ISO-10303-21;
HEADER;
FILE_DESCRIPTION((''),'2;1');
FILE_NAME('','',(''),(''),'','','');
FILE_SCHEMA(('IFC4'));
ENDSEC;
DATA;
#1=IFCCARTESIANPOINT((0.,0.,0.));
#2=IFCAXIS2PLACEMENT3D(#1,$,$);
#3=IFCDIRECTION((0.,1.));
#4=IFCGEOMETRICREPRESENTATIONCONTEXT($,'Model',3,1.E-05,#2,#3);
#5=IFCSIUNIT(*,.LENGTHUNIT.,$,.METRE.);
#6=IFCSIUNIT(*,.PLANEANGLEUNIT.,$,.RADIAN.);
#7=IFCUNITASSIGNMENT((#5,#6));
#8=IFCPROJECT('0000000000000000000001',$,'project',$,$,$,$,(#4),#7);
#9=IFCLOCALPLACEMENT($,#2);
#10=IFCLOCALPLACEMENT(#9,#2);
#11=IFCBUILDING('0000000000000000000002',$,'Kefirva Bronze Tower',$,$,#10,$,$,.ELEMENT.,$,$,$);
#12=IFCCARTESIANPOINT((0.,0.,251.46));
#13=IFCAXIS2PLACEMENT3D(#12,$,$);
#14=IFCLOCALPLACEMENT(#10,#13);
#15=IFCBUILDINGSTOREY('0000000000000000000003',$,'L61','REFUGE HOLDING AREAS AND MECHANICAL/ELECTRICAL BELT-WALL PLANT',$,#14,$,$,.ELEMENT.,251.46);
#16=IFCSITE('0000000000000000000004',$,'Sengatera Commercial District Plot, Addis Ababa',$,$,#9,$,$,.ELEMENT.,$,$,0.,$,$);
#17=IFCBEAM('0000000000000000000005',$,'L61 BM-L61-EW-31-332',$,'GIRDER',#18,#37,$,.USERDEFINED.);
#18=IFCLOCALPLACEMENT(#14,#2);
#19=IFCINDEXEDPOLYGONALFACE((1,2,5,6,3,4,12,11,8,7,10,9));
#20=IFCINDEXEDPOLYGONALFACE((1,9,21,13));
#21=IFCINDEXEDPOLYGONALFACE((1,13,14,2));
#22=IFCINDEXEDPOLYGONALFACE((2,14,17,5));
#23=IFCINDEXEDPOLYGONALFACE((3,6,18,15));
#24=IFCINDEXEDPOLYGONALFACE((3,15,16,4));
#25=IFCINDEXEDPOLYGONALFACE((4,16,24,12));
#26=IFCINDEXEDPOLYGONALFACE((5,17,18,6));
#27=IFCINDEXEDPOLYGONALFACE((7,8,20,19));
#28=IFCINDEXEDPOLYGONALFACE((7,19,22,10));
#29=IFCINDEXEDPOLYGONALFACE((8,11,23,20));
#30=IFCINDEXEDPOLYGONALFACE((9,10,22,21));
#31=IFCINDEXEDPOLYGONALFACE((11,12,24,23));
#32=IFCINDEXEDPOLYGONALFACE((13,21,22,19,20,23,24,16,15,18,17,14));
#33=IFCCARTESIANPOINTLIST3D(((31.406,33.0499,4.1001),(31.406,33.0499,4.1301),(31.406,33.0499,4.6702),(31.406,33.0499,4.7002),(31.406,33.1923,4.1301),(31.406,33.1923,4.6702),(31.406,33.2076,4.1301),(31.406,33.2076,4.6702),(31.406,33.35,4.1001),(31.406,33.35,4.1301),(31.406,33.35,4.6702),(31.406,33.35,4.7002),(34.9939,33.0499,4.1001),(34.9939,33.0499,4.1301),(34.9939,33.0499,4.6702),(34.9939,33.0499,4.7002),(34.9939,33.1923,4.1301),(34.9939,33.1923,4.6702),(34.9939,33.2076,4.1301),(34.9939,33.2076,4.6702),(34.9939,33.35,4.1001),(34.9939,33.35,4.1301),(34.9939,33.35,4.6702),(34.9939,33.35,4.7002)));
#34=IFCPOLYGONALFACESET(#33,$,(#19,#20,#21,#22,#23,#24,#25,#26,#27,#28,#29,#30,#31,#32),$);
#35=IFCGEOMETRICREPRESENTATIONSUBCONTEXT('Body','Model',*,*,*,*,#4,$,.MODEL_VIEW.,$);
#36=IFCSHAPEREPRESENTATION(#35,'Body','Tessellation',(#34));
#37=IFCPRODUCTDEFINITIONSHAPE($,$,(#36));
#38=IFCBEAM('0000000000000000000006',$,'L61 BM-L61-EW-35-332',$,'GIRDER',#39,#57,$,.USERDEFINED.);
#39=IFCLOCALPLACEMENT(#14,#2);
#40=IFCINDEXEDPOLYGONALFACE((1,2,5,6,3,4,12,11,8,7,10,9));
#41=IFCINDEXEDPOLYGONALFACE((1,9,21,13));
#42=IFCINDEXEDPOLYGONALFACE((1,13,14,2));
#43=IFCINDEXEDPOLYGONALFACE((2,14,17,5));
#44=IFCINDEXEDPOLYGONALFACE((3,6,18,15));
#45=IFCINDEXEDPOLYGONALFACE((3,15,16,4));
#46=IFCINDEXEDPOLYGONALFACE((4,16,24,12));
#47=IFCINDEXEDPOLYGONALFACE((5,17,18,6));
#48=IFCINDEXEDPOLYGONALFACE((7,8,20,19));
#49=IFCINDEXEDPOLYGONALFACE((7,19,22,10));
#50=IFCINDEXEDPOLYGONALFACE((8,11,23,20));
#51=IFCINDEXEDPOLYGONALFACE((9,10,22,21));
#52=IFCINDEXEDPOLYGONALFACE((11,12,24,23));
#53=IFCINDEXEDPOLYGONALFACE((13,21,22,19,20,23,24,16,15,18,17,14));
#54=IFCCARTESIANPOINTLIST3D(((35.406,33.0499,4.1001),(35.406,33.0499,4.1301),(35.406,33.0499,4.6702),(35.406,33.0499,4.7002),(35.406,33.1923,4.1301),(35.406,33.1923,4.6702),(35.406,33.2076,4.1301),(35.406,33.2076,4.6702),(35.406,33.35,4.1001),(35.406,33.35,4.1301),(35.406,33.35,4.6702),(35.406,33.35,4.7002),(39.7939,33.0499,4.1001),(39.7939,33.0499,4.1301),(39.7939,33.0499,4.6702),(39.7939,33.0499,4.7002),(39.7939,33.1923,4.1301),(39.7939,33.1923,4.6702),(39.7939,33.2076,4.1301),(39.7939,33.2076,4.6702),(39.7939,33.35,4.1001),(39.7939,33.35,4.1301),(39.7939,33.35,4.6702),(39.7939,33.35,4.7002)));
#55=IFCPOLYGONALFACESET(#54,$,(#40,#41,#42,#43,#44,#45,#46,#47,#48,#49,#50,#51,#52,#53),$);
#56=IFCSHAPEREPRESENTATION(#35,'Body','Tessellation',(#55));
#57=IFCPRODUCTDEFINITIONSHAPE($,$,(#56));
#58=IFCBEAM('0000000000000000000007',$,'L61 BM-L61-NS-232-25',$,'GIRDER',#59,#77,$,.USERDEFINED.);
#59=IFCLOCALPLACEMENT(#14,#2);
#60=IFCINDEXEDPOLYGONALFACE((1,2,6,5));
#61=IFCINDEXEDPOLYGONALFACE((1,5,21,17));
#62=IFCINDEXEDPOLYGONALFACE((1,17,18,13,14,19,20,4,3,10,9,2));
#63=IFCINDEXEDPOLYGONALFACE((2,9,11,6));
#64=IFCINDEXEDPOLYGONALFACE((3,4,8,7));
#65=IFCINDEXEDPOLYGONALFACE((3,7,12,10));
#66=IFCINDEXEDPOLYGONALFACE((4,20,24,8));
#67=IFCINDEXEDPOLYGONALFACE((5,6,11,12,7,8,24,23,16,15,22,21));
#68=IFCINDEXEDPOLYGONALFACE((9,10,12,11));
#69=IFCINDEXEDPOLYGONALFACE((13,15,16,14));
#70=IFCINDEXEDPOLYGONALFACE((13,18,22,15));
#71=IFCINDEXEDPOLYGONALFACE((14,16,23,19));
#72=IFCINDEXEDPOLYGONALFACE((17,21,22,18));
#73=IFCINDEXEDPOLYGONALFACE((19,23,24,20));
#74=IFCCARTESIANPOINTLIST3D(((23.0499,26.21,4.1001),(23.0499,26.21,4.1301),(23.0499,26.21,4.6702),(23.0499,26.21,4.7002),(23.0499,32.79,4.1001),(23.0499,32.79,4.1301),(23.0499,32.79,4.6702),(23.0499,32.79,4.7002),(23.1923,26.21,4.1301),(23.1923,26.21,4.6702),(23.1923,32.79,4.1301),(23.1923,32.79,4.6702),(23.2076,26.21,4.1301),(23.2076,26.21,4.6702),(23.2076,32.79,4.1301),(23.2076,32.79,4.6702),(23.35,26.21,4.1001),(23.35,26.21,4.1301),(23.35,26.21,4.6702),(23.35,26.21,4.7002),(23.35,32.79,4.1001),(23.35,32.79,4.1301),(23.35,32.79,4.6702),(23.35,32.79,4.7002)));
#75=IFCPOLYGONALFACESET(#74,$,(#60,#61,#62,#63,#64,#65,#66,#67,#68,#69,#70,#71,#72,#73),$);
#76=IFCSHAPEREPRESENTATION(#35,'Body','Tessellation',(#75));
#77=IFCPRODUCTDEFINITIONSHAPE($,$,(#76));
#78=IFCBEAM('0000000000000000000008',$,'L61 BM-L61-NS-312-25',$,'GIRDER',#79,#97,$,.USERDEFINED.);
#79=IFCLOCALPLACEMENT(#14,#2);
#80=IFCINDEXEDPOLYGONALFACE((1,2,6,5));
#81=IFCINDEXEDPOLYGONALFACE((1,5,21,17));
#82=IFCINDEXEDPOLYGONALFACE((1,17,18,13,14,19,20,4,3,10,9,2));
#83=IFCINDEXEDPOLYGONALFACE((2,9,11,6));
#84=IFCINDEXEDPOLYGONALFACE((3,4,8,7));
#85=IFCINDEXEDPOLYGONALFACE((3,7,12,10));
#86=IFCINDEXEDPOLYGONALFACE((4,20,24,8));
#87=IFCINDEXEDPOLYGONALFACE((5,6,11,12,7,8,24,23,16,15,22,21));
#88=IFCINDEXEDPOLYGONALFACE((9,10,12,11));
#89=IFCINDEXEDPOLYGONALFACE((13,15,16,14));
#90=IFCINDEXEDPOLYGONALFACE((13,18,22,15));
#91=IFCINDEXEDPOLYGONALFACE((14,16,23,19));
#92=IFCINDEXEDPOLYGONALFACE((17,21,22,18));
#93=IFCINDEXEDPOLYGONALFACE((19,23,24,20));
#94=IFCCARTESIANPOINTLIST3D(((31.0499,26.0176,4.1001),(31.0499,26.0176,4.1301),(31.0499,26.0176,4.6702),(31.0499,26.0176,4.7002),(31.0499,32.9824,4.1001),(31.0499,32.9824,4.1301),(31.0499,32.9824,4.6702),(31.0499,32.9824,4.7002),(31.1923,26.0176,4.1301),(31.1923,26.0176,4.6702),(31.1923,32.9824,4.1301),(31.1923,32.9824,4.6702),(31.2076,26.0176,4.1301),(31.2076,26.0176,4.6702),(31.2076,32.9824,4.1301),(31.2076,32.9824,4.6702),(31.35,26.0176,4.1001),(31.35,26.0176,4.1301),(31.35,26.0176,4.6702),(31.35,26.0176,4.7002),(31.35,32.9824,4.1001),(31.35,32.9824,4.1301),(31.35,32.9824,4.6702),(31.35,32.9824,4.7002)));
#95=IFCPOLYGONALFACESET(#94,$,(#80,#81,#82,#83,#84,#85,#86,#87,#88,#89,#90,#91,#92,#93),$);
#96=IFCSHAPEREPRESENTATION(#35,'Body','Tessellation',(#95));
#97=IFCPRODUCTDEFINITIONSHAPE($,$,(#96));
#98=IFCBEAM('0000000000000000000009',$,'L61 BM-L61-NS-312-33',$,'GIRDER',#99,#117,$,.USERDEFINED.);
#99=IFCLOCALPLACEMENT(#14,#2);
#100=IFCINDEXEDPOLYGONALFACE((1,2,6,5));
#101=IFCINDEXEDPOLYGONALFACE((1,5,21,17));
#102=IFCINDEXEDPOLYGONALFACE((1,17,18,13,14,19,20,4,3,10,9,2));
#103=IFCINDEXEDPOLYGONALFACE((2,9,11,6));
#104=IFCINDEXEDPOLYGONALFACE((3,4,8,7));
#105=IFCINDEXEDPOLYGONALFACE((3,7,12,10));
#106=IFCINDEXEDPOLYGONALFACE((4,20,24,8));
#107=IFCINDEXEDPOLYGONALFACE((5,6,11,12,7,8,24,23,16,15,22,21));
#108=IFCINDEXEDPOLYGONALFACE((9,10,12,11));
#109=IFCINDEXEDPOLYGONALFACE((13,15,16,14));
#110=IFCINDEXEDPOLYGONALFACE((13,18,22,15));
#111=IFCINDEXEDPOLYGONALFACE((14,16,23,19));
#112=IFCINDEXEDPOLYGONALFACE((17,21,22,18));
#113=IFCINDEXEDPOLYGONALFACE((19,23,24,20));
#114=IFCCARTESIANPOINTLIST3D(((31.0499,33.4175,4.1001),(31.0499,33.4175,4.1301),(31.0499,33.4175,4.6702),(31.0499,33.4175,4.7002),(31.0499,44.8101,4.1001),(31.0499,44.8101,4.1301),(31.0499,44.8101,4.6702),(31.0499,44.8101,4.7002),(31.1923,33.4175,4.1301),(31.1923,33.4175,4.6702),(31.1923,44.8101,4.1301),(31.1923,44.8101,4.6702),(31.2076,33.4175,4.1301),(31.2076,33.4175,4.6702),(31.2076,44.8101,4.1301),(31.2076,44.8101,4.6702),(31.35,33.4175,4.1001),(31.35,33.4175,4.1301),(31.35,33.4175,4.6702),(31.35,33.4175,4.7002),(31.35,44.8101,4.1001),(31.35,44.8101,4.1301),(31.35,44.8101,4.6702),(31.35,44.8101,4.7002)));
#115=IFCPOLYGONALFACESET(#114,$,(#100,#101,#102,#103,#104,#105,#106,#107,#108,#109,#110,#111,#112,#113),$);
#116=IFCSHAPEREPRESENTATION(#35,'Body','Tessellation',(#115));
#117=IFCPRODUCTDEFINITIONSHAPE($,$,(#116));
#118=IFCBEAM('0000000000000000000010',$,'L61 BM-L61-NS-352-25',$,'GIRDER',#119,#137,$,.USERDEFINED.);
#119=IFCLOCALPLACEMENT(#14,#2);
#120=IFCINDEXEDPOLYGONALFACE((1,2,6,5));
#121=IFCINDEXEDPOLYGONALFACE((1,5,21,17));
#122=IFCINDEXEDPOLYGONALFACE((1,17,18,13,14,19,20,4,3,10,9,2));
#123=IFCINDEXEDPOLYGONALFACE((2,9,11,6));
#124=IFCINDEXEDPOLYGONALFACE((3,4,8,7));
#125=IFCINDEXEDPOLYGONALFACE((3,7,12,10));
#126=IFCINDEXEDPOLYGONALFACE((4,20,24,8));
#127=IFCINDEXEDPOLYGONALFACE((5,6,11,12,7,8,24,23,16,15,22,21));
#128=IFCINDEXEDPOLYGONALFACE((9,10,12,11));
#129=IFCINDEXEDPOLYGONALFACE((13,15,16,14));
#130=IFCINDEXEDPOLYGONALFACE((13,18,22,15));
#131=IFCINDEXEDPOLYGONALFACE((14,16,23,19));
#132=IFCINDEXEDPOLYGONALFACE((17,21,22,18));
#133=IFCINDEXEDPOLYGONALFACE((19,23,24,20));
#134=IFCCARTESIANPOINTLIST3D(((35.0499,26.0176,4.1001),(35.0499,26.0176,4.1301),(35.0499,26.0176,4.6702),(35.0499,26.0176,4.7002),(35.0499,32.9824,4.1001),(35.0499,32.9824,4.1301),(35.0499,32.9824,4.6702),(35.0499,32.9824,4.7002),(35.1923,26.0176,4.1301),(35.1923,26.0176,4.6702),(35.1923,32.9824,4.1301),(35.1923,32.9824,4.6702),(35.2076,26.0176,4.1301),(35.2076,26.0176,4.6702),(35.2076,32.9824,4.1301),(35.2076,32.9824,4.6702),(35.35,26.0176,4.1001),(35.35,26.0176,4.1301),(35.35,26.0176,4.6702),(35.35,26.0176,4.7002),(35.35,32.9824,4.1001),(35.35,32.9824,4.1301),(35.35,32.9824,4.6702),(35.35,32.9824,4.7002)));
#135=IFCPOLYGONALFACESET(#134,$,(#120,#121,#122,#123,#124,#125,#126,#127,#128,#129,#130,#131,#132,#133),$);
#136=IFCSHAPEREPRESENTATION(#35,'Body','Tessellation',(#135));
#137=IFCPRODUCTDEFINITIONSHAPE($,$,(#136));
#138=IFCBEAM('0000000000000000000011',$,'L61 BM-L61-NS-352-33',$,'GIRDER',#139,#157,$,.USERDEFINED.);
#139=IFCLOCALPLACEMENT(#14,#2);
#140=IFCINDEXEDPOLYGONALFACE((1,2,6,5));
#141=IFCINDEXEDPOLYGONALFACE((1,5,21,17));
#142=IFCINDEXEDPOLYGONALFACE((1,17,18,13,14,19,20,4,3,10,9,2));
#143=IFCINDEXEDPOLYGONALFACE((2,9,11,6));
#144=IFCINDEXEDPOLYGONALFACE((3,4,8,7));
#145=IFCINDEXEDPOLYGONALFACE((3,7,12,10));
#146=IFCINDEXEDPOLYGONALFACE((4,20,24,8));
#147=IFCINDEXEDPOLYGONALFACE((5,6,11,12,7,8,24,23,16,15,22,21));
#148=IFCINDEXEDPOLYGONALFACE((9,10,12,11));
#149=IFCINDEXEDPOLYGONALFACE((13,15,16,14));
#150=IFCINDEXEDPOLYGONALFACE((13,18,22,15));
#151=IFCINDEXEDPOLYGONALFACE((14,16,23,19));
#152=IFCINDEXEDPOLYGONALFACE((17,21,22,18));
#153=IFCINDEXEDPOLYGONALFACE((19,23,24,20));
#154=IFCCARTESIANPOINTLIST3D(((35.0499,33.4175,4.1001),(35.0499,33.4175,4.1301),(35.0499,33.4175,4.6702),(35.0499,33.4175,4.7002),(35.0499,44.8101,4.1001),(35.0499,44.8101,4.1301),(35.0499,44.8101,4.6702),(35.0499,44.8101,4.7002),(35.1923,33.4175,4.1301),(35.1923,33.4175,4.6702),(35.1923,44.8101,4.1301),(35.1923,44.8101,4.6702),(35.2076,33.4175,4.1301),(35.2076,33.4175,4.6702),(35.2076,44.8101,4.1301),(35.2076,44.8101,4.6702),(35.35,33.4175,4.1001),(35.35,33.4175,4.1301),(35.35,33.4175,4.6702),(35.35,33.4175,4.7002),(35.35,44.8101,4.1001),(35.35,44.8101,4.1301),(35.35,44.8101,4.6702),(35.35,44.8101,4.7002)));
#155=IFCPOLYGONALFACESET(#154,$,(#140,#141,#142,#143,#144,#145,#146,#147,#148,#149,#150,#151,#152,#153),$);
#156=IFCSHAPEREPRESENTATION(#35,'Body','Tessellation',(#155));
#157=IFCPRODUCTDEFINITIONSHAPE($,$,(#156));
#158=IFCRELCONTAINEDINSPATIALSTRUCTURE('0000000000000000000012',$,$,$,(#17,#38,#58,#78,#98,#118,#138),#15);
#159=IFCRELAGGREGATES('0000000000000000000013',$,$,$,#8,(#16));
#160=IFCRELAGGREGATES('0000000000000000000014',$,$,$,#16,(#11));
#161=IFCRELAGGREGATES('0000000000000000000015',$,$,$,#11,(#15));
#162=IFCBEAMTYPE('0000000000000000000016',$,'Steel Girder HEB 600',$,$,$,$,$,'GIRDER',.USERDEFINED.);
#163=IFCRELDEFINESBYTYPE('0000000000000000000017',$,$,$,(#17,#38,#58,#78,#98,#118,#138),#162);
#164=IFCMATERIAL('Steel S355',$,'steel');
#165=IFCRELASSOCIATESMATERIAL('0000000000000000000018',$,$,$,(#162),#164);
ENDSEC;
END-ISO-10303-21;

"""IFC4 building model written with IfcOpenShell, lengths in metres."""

from ifc_helpers import new_model, si_unit, direction, frame, origin, origin_2d, place, context, subcontext, project, spatial, i_section, extrude, material, material_profile, profile_set, type_object, element, save


model = new_model("IFC4")

# Units and contexts
model_context = context("Model", 3, precision=1e-05, world=origin(), true_north=direction((0.0, 1.0)))
body_context = subcontext(model_context, "Body", "Model", "MODEL_VIEW")
ifc_project = project(units=[si_unit("LENGTHUNIT", "METRE"), si_unit("PLANEANGLEUNIT", "RADIAN")], contexts=[model_context])

# Site, building, storey
site_placement = place(None, origin())
site = spatial("IfcSite", under=ifc_project, at=site_placement, Name="Sengatera Commercial District Plot, Addis Ababa", CompositionType="ELEMENT", RefElevation=0.0)
building_placement = place(site_placement, origin())
building = spatial("IfcBuilding", under=site, at=building_placement, Name="Kefirva Bronze Tower", CompositionType="ELEMENT")
storey_placement = place(building_placement, frame((0.0, 0.0, 251.46)))
storey = spatial("IfcBuildingStorey", under=building, at=storey_placement, Name="L61", Description="REFUGE HOLDING AREAS AND MECHANICAL/ELECTRICAL BELT-WALL PLANT", CompositionType="ELEMENT", Elevation=251.46)

# Beams
ifc_material_1 = material(Name="Steel S355", Category="steel")
ifc_material_profile_1 = material_profile(ifc_material_1, i_section(OverallWidth=0.3, OverallDepth=0.6001, WebThickness=0.0154, FlangeThickness=0.03, at=origin_2d()), Name="HEB 600")
ifc_profile_set_1 = profile_set([ifc_material_profile_1], Name="Steel S355")
beam_type_1 = type_object("IfcBeamType", Name="Steel Girder HEB 600", ElementType="GIRDER", PredefinedType="USERDEFINED", material=ifc_profile_set_1)
beam_1_placement = place(storey_placement, frame((31.406, 33.2, 4.4001), z_axis=(1.0, 0.0, 0.0), x_axis=(0.0, 1.0, 0.0)))
element("IfcBeam", 1, at=beam_1_placement, inside=storey, type_object=beam_type_1, Name="L61 BM-L61-EW-31-332", ObjectType="GIRDER", PredefinedType="USERDEFINED", context=body_context, shape_type="SweptSolid", body=[
    extrude(i_section(OverallWidth=0.3, OverallDepth=0.6001, WebThickness=0.0154, FlangeThickness=0.03, at=origin_2d()), origin(), (0.0, 0.0, 1.0), 3.5879),
])
beam_2_placement = place(storey_placement, frame((35.406, 33.2, 4.4001), z_axis=(1.0, 0.0, 0.0), x_axis=(0.0, 1.0, 0.0)))
element("IfcBeam", 2, at=beam_2_placement, inside=storey, type_object=beam_type_1, Name="L61 BM-L61-EW-35-332", ObjectType="GIRDER", PredefinedType="USERDEFINED", context=body_context, shape_type="SweptSolid", body=[
    extrude(i_section(OverallWidth=0.3, OverallDepth=0.6001, WebThickness=0.0154, FlangeThickness=0.03, at=origin_2d()), origin(), (0.0, 0.0, 1.0), 4.3879),
])
beam_3_placement = place(storey_placement, frame((23.2, 26.21, 4.4001), z_axis=(0.0, 1.0, 0.0), x_axis=(-1.0, 0.0, 0.0)))
element("IfcBeam", 3, at=beam_3_placement, inside=storey, type_object=beam_type_1, Name="L61 BM-L61-NS-232-25", ObjectType="GIRDER", PredefinedType="USERDEFINED", context=body_context, shape_type="SweptSolid", body=[
    extrude(i_section(OverallWidth=0.3, OverallDepth=0.6001, WebThickness=0.0154, FlangeThickness=0.03, at=origin_2d()), origin(), (0.0, 0.0, 1.0), 6.5801),
])
beam_4_placement = place(storey_placement, frame((31.2, 26.0176, 4.4001), z_axis=(0.0, 1.0, 0.0), x_axis=(-1.0, 0.0, 0.0)))
element("IfcBeam", 4, at=beam_4_placement, inside=storey, type_object=beam_type_1, Name="L61 BM-L61-NS-312-25", ObjectType="GIRDER", PredefinedType="USERDEFINED", context=body_context, shape_type="SweptSolid", body=[
    extrude(i_section(OverallWidth=0.3, OverallDepth=0.6001, WebThickness=0.0154, FlangeThickness=0.03, at=origin_2d()), origin(), (0.0, 0.0, 1.0), 6.9648),
])
beam_5_placement = place(storey_placement, frame((31.2, 33.4175, 4.4001), z_axis=(0.0, 1.0, 0.0), x_axis=(-1.0, 0.0, 0.0)))
element("IfcBeam", 5, at=beam_5_placement, inside=storey, type_object=beam_type_1, Name="L61 BM-L61-NS-312-33", ObjectType="GIRDER", PredefinedType="USERDEFINED", context=body_context, shape_type="SweptSolid", body=[
    extrude(i_section(OverallWidth=0.3, OverallDepth=0.6001, WebThickness=0.0154, FlangeThickness=0.03, at=origin_2d()), origin(), (0.0, 0.0, 1.0), 11.3926),
])
beam_6_placement = place(storey_placement, frame((35.2, 26.0176, 4.4001), z_axis=(0.0, 1.0, 0.0), x_axis=(-1.0, 0.0, 0.0)))
element("IfcBeam", 6, at=beam_6_placement, inside=storey, type_object=beam_type_1, Name="L61 BM-L61-NS-352-25", ObjectType="GIRDER", PredefinedType="USERDEFINED", context=body_context, shape_type="SweptSolid", body=[
    extrude(i_section(OverallWidth=0.3, OverallDepth=0.6001, WebThickness=0.0154, FlangeThickness=0.03, at=origin_2d()), origin(), (0.0, 0.0, 1.0), 6.9648),
])
beam_7_placement = place(storey_placement, frame((35.2, 33.4175, 4.4001), z_axis=(0.0, 1.0, 0.0), x_axis=(-1.0, 0.0, 0.0)))
element("IfcBeam", 7, at=beam_7_placement, inside=storey, type_object=beam_type_1, Name="L61 BM-L61-NS-352-33", ObjectType="GIRDER", PredefinedType="USERDEFINED", context=body_context, shape_type="SweptSolid", body=[
    extrude(i_section(OverallWidth=0.3, OverallDepth=0.6001, WebThickness=0.0154, FlangeThickness=0.03, at=origin_2d()), origin(), (0.0, 0.0, 1.0), 11.3926),
])

save(model, "model.ifc")
